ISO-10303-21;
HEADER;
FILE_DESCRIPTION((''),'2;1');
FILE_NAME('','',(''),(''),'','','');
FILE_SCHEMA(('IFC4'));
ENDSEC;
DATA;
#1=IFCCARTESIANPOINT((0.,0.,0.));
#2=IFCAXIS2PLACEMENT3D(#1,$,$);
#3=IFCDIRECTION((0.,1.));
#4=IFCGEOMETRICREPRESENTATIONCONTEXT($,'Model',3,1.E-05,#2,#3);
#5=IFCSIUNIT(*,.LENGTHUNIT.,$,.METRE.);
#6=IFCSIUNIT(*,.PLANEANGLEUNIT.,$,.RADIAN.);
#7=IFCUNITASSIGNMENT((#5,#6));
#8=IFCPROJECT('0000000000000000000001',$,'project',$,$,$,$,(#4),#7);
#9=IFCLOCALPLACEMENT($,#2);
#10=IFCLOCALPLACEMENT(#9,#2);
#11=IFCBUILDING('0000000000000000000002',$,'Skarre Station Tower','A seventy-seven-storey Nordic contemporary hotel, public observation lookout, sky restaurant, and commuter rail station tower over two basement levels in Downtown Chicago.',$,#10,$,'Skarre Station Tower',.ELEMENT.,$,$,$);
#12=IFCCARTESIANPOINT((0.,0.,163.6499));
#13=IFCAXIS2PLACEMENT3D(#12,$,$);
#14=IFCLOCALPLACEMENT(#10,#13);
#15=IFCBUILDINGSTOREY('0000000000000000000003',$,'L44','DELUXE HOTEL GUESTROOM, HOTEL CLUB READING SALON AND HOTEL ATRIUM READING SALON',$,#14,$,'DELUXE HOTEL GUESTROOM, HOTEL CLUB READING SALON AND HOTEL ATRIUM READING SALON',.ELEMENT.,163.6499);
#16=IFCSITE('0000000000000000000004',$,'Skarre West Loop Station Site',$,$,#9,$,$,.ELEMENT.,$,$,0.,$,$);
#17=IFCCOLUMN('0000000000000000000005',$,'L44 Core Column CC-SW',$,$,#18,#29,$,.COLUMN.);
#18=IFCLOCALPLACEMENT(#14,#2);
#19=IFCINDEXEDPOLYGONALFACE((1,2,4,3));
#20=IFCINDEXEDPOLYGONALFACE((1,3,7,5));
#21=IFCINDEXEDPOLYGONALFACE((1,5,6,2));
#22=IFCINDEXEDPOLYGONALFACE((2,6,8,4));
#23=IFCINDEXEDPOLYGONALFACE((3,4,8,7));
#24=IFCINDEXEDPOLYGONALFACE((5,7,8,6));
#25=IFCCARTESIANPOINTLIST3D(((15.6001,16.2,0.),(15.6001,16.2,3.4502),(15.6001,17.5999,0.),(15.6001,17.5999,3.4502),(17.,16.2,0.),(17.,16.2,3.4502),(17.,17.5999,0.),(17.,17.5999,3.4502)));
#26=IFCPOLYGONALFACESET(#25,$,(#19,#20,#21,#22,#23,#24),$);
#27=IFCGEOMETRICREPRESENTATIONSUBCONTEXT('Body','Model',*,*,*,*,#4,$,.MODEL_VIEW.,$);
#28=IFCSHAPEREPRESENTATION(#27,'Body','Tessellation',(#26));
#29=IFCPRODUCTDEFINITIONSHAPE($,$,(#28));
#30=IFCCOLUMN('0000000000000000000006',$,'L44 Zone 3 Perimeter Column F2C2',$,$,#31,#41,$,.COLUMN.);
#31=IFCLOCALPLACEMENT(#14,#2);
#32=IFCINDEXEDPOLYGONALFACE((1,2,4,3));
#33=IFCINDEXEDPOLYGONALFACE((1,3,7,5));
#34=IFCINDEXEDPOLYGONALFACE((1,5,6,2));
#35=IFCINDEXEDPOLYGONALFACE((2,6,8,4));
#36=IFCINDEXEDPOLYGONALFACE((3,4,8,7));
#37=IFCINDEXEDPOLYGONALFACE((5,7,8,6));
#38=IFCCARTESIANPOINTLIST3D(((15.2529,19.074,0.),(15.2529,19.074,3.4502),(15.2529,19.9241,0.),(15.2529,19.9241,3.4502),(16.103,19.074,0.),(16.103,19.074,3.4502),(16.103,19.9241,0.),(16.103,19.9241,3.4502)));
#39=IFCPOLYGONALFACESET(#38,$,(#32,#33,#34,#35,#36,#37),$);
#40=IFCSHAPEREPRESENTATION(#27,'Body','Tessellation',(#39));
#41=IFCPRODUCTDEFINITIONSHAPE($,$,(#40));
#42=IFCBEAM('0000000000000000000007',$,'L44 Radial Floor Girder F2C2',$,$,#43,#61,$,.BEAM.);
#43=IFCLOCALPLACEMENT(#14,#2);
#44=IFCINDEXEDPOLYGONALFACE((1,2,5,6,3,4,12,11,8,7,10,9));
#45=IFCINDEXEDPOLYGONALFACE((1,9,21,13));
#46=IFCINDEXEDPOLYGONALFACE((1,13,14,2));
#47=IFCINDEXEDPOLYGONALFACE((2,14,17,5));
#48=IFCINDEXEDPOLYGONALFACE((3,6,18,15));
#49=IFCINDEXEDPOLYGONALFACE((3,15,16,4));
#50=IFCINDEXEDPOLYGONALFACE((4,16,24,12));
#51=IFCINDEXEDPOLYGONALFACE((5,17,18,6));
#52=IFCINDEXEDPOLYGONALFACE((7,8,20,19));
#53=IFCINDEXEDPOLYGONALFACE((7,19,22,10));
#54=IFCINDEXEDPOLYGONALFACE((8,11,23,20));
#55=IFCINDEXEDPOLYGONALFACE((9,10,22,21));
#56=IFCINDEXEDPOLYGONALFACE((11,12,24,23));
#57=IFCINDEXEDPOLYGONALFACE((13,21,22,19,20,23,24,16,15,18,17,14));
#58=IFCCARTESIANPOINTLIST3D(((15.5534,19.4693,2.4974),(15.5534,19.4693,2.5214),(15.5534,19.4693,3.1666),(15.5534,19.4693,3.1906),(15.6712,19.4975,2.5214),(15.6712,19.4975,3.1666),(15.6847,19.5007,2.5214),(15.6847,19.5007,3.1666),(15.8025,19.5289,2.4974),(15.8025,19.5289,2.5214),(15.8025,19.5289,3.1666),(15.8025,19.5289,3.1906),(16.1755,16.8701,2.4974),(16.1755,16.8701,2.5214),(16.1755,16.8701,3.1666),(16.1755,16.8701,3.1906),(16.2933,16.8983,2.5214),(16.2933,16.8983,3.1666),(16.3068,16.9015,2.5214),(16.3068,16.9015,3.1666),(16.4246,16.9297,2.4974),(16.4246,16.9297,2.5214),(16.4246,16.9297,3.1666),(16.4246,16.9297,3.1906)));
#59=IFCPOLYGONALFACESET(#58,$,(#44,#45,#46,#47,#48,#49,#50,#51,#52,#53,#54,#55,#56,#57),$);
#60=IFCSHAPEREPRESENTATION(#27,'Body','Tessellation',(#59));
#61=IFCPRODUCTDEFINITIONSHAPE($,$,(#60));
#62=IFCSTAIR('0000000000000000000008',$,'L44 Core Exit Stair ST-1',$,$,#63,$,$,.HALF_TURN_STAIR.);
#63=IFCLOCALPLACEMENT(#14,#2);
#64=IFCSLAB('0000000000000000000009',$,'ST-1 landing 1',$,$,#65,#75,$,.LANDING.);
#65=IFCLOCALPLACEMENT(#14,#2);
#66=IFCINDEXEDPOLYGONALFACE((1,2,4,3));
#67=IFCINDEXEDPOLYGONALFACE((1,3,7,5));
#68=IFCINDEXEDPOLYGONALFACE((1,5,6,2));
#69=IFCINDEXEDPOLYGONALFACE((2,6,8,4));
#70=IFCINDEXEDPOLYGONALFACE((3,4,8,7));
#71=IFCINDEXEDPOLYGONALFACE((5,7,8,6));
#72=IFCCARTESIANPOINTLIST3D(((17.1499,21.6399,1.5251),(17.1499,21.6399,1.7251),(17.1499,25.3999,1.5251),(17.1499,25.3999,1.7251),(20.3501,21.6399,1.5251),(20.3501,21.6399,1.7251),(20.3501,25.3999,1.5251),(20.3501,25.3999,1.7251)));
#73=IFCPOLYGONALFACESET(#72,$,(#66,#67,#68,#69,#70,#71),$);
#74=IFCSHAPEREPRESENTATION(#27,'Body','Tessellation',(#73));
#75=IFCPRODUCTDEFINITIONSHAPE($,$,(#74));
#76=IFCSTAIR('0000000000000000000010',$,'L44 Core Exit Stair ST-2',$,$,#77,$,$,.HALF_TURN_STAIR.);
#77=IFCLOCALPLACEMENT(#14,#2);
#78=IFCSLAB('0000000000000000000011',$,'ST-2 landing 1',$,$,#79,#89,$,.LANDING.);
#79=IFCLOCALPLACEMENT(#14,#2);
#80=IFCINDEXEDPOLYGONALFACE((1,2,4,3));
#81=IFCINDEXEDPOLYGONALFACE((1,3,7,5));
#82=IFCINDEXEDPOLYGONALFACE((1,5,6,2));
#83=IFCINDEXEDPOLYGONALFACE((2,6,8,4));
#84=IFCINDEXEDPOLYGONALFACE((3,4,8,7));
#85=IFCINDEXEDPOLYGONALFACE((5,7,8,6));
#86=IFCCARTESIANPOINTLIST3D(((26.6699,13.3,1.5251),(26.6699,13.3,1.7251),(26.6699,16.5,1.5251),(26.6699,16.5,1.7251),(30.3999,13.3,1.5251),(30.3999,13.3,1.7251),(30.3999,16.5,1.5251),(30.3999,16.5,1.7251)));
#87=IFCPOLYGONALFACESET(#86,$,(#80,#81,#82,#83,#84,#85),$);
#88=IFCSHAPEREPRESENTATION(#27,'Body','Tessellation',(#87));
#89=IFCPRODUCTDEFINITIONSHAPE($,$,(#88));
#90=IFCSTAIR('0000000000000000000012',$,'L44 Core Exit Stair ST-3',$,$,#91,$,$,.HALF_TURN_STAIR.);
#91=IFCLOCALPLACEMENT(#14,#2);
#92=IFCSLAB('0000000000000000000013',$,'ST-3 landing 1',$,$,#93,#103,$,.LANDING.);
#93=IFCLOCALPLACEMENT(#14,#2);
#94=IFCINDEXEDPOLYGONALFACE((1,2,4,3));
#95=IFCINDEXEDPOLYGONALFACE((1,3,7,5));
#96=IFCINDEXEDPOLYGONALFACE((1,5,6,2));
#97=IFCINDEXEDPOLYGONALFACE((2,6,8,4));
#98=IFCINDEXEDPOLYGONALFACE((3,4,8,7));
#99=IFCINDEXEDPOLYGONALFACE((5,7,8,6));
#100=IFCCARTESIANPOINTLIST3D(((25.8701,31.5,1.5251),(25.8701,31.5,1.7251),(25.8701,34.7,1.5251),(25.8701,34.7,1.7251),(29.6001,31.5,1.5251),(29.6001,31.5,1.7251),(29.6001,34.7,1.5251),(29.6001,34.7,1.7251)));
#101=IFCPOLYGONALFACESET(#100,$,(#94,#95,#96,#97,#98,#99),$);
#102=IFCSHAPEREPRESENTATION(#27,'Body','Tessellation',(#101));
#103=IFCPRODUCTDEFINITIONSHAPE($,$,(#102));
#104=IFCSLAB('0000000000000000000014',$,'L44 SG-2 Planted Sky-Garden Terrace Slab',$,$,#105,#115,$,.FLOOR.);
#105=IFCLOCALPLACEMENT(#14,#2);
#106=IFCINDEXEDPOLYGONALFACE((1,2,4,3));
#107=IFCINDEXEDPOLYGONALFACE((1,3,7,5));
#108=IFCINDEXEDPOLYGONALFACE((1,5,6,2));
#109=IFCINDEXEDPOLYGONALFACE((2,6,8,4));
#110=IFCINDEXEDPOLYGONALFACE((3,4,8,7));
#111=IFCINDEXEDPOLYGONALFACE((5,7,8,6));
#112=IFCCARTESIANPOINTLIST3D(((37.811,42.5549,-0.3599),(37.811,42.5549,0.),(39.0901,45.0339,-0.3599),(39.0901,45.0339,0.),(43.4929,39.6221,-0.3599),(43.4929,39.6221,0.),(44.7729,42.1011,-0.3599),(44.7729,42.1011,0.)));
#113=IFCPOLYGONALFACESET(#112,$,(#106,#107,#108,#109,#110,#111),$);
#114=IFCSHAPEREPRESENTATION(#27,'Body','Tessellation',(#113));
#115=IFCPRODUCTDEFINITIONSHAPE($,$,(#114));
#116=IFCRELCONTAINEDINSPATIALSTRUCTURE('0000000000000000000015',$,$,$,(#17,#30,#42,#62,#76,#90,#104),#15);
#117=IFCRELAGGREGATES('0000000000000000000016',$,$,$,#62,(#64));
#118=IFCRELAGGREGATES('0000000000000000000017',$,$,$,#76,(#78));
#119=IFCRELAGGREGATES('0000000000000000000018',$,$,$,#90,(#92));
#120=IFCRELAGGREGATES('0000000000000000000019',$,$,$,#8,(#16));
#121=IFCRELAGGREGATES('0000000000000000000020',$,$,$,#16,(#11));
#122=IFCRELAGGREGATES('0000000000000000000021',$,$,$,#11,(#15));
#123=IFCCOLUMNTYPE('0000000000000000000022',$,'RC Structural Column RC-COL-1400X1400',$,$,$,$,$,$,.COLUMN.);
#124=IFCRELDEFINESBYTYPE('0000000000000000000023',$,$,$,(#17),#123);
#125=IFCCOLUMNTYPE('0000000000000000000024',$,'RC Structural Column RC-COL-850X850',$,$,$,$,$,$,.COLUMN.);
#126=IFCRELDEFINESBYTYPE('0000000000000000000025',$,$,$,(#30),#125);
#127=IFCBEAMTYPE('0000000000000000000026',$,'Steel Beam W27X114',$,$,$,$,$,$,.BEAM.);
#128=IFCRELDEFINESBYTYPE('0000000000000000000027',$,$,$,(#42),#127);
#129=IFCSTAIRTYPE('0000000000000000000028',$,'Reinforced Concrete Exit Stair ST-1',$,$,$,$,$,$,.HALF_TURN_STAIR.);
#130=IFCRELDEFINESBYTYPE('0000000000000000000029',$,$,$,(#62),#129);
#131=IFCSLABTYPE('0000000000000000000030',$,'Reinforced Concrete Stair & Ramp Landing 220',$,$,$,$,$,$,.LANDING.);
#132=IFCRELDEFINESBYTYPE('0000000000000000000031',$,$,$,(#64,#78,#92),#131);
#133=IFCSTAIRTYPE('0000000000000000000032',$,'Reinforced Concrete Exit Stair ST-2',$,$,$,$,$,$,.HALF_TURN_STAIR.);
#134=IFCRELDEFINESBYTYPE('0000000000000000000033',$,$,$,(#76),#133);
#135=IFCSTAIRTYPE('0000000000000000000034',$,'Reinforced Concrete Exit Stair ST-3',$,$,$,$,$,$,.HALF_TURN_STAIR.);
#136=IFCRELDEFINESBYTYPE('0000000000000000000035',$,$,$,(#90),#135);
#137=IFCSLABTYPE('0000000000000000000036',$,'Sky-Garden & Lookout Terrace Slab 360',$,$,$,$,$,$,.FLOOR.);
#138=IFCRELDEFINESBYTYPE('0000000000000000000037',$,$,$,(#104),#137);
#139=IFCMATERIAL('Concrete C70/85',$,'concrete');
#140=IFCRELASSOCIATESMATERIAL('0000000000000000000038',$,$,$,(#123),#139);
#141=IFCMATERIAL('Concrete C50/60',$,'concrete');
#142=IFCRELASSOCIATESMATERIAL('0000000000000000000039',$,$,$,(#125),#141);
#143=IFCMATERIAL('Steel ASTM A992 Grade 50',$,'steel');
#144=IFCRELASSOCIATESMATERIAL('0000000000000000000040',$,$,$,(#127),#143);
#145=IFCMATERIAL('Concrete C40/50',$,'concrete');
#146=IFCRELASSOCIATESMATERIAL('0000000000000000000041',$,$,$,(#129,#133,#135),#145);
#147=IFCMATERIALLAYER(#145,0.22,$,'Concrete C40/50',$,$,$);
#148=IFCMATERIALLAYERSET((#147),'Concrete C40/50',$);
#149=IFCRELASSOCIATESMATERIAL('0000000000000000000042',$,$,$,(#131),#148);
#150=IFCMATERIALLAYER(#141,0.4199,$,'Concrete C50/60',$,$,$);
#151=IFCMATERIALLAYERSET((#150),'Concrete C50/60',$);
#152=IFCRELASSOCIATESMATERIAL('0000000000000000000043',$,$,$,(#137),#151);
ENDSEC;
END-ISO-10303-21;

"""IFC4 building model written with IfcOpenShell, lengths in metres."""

from ifc_helpers import new_model, si_unit, direction, frame, origin, origin_2d, place, context, subcontext, project, spatial, polyline, rectangle, i_section, outline, extrude, material, layer, layer_set, material_profile, profile_set, type_object, element, aggregate, save


model = new_model("IFC4")

# Units and contexts
model_context = context("Model", 3, precision=1e-05, world=origin(), true_north=direction((0.0, 1.0)))
body_context = subcontext(model_context, "Body", "Model", "MODEL_VIEW")
ifc_project = project(units=[si_unit("LENGTHUNIT", "METRE"), si_unit("PLANEANGLEUNIT", "RADIAN")], contexts=[model_context])

# Site, building, storey
site_placement = place(None, origin())
site = spatial("IfcSite", under=ifc_project, at=site_placement, Name="Skarre West Loop Station Site", CompositionType="ELEMENT", RefElevation=0.0)
building_placement = place(site_placement, origin())
building = spatial("IfcBuilding", under=site, at=building_placement, Name="Skarre Station Tower", Description="A seventy-seven-storey Nordic contemporary hotel, public observation lookout, sky restaurant, and commuter rail station tower over two basement levels in Downtown Chicago.", LongName="Skarre Station Tower", CompositionType="ELEMENT")
storey_placement = place(building_placement, frame((0.0, 0.0, 163.6499)))
storey = spatial("IfcBuildingStorey", under=building, at=storey_placement, Name="L44", Description="DELUXE HOTEL GUESTROOM, HOTEL CLUB READING SALON AND HOTEL ATRIUM READING SALON", LongName="DELUXE HOTEL GUESTROOM, HOTEL CLUB READING SALON AND HOTEL ATRIUM READING SALON", CompositionType="ELEMENT", Elevation=163.6499)

# Columns
ifc_material_1 = material(Name="Concrete C70/85", Category="concrete")
ifc_material_profile_1 = material_profile(ifc_material_1, rectangle(XDim=1.3999, YDim=1.3999, at=origin_2d()), Name="Concrete C70/85")
ifc_profile_set_1 = profile_set([ifc_material_profile_1], Name="Concrete C70/85")
column_type_1 = type_object("IfcColumnType", Name="RC Structural Column RC-COL-1400X1400", PredefinedType="COLUMN", material=ifc_profile_set_1)
column_1_placement = place(storey_placement, frame((16.3, 16.8999, 0.0), z_axis=(0.0, 0.0, 1.0), x_axis=(1.0, 0.0, 0.0)))
element("IfcColumn", 1, at=column_1_placement, inside=storey, type_object=column_type_1, Name="L44 Core Column CC-SW", PredefinedType="COLUMN", context=body_context, shape_type="SweptSolid", body=[
    extrude(rectangle(XDim=1.3999, YDim=1.3999, at=origin_2d()), origin(), (0.0, 0.0, 1.0), 3.4502),
])
ifc_material_2 = material(Name="Concrete C50/60", Category="concrete")
ifc_material_profile_2 = material_profile(ifc_material_2, rectangle(XDim=0.8501, YDim=0.8501, at=origin_2d()), Name="Concrete C50/60")
ifc_profile_set_2 = profile_set([ifc_material_profile_2], Name="Concrete C50/60")
column_type_2 = type_object("IfcColumnType", Name="RC Structural Column RC-COL-850X850", PredefinedType="COLUMN", material=ifc_profile_set_2)
column_2_placement = place(storey_placement, frame((15.678, 19.499, 0.0), z_axis=(0.0, 0.0, 1.0), x_axis=(1.0, 0.0, 0.0)))
element("IfcColumn", 2, at=column_2_placement, inside=storey, type_object=column_type_2, Name="L44 Zone 3 Perimeter Column F2C2", PredefinedType="COLUMN", context=body_context, shape_type="SweptSolid", body=[
    extrude(rectangle(XDim=0.8501, YDim=0.8501, at=origin_2d()), origin(), (0.0, 0.0, 1.0), 3.4502),
])

# Beam
ifc_material_3 = material(Name="Steel ASTM A992 Grade 50", Category="steel")
ifc_material_profile_3 = material_profile(ifc_material_3, i_section(OverallWidth=0.2561, OverallDepth=0.6931, WebThickness=0.0139, FlangeThickness=0.0239, at=origin_2d()), Name="Steel ASTM A992 Grade 50")
ifc_profile_set_3 = profile_set([ifc_material_profile_3], Name="Steel ASTM A992 Grade 50")
beam_type = type_object("IfcBeamType", Name="Steel Beam W27X114", PredefinedType="BEAM", material=ifc_profile_set_3)
beam_placement = place(storey_placement, frame((16.3, 16.8999, 2.844), z_axis=(-0.232765, 0.972533, 0.0), x_axis=(-0.972533, -0.232765, 0.0)))
element("IfcBeam", 3, at=beam_placement, inside=storey, type_object=beam_type, Name="L44 Radial Floor Girder F2C2", PredefinedType="BEAM", context=body_context, shape_type="SweptSolid", body=[
    extrude(i_section(OverallWidth=0.2561, OverallDepth=0.6931, WebThickness=0.0139, FlangeThickness=0.0239, at=origin_2d()), origin(), (0.0, 0.0, 1.0), 2.6726),
])

# Stairs, slabs
ifc_material_4 = material(Name="Concrete C40/50", Category="concrete")
stair_type_1 = type_object("IfcStairType", Name="Reinforced Concrete Exit Stair ST-1", PredefinedType="HALF_TURN_STAIR", material=ifc_material_4)
stair_1_placement = place(storey_placement, origin())
stair_1 = element("IfcStair", 4, at=stair_1_placement, inside=storey, type_object=stair_type_1, Name="L44 Core Exit Stair ST-1", PredefinedType="HALF_TURN_STAIR")
ifc_layer_1 = layer(ifc_material_4, 0.22, Name="Concrete C40/50")
ifc_layer_set_1 = layer_set([ifc_layer_1], Name="Concrete C40/50")
slab_type_1 = type_object("IfcSlabType", Name="Reinforced Concrete Stair & Ramp Landing 220", PredefinedType="LANDING", material=ifc_layer_set_1)
slab_1_placement = place(storey_placement, frame((0.0, 0.0, 1.5251)))
slab_1 = element("IfcSlab", 5, at=slab_1_placement, type_object=slab_type_1, Name="ST-1 landing 1", PredefinedType="LANDING", context=body_context, shape_type="SweptSolid", body=[
    extrude(outline(polyline([(20.3501, 21.6399), (20.3501, 25.3999), (17.1499, 25.3999), (17.1499, 21.6399), (20.3501, 21.6399)])), origin(), (0.0, 0.0, 1.0), 0.2),
])
aggregate(stair_1, [slab_1])
stair_type_2 = type_object("IfcStairType", Name="Reinforced Concrete Exit Stair ST-2", PredefinedType="HALF_TURN_STAIR", material=ifc_material_4)
stair_2_placement = place(storey_placement, origin())
stair_2 = element("IfcStair", 6, at=stair_2_placement, inside=storey, type_object=stair_type_2, Name="L44 Core Exit Stair ST-2", PredefinedType="HALF_TURN_STAIR")
slab_2_placement = place(storey_placement, frame((0.0, 0.0, 1.5251)))
slab_2 = element("IfcSlab", 7, at=slab_2_placement, type_object=slab_type_1, Name="ST-2 landing 1", PredefinedType="LANDING", context=body_context, shape_type="SweptSolid", body=[
    extrude(outline(polyline([(26.6699, 13.3), (30.3999, 13.3), (30.3999, 16.5), (26.6699, 16.5), (26.6699, 13.3)])), origin(), (0.0, 0.0, 1.0), 0.2),
])
aggregate(stair_2, [slab_2])
stair_type_3 = type_object("IfcStairType", Name="Reinforced Concrete Exit Stair ST-3", PredefinedType="HALF_TURN_STAIR", material=ifc_material_4)
stair_3_placement = place(storey_placement, origin())
stair_3 = element("IfcStair", 8, at=stair_3_placement, inside=storey, type_object=stair_type_3, Name="L44 Core Exit Stair ST-3", PredefinedType="HALF_TURN_STAIR")
slab_3_placement = place(storey_placement, frame((0.0, 0.0, 1.5251)))
slab_3 = element("IfcSlab", 9, at=slab_3_placement, type_object=slab_type_1, Name="ST-3 landing 1", PredefinedType="LANDING", context=body_context, shape_type="SweptSolid", body=[
    extrude(outline(polyline([(25.8701, 31.5), (29.6001, 31.5), (29.6001, 34.7), (25.8701, 34.7), (25.8701, 31.5)])), origin(), (0.0, 0.0, 1.0), 0.2),
])
aggregate(stair_3, [slab_3])

# Slab
ifc_layer_2 = layer(ifc_material_2, 0.4199, Name="Concrete C50/60")
ifc_layer_set_2 = layer_set([ifc_layer_2], Name="Concrete C50/60")
slab_type_2 = type_object("IfcSlabType", Name="Sky-Garden & Lookout Terrace Slab 360", PredefinedType="FLOOR", material=ifc_layer_set_2)
slab_4_placement = place(storey_placement, frame((0.0, 0.0, -0.3599)))
element("IfcSlab", 10, at=slab_4_placement, inside=storey, type_object=slab_type_2, Name="L44 SG-2 Planted Sky-Garden Terrace Slab", PredefinedType="FLOOR", context=body_context, shape_type="SweptSolid", body=[
    extrude(outline(polyline([(37.811, 42.5549), (43.4929, 39.6221), (44.7729, 42.1011), (39.0901, 45.0339), (37.811, 42.5549)])), origin(), (0.0, 0.0, 1.0), 0.3599),
])

save(model, "model.ifc")
